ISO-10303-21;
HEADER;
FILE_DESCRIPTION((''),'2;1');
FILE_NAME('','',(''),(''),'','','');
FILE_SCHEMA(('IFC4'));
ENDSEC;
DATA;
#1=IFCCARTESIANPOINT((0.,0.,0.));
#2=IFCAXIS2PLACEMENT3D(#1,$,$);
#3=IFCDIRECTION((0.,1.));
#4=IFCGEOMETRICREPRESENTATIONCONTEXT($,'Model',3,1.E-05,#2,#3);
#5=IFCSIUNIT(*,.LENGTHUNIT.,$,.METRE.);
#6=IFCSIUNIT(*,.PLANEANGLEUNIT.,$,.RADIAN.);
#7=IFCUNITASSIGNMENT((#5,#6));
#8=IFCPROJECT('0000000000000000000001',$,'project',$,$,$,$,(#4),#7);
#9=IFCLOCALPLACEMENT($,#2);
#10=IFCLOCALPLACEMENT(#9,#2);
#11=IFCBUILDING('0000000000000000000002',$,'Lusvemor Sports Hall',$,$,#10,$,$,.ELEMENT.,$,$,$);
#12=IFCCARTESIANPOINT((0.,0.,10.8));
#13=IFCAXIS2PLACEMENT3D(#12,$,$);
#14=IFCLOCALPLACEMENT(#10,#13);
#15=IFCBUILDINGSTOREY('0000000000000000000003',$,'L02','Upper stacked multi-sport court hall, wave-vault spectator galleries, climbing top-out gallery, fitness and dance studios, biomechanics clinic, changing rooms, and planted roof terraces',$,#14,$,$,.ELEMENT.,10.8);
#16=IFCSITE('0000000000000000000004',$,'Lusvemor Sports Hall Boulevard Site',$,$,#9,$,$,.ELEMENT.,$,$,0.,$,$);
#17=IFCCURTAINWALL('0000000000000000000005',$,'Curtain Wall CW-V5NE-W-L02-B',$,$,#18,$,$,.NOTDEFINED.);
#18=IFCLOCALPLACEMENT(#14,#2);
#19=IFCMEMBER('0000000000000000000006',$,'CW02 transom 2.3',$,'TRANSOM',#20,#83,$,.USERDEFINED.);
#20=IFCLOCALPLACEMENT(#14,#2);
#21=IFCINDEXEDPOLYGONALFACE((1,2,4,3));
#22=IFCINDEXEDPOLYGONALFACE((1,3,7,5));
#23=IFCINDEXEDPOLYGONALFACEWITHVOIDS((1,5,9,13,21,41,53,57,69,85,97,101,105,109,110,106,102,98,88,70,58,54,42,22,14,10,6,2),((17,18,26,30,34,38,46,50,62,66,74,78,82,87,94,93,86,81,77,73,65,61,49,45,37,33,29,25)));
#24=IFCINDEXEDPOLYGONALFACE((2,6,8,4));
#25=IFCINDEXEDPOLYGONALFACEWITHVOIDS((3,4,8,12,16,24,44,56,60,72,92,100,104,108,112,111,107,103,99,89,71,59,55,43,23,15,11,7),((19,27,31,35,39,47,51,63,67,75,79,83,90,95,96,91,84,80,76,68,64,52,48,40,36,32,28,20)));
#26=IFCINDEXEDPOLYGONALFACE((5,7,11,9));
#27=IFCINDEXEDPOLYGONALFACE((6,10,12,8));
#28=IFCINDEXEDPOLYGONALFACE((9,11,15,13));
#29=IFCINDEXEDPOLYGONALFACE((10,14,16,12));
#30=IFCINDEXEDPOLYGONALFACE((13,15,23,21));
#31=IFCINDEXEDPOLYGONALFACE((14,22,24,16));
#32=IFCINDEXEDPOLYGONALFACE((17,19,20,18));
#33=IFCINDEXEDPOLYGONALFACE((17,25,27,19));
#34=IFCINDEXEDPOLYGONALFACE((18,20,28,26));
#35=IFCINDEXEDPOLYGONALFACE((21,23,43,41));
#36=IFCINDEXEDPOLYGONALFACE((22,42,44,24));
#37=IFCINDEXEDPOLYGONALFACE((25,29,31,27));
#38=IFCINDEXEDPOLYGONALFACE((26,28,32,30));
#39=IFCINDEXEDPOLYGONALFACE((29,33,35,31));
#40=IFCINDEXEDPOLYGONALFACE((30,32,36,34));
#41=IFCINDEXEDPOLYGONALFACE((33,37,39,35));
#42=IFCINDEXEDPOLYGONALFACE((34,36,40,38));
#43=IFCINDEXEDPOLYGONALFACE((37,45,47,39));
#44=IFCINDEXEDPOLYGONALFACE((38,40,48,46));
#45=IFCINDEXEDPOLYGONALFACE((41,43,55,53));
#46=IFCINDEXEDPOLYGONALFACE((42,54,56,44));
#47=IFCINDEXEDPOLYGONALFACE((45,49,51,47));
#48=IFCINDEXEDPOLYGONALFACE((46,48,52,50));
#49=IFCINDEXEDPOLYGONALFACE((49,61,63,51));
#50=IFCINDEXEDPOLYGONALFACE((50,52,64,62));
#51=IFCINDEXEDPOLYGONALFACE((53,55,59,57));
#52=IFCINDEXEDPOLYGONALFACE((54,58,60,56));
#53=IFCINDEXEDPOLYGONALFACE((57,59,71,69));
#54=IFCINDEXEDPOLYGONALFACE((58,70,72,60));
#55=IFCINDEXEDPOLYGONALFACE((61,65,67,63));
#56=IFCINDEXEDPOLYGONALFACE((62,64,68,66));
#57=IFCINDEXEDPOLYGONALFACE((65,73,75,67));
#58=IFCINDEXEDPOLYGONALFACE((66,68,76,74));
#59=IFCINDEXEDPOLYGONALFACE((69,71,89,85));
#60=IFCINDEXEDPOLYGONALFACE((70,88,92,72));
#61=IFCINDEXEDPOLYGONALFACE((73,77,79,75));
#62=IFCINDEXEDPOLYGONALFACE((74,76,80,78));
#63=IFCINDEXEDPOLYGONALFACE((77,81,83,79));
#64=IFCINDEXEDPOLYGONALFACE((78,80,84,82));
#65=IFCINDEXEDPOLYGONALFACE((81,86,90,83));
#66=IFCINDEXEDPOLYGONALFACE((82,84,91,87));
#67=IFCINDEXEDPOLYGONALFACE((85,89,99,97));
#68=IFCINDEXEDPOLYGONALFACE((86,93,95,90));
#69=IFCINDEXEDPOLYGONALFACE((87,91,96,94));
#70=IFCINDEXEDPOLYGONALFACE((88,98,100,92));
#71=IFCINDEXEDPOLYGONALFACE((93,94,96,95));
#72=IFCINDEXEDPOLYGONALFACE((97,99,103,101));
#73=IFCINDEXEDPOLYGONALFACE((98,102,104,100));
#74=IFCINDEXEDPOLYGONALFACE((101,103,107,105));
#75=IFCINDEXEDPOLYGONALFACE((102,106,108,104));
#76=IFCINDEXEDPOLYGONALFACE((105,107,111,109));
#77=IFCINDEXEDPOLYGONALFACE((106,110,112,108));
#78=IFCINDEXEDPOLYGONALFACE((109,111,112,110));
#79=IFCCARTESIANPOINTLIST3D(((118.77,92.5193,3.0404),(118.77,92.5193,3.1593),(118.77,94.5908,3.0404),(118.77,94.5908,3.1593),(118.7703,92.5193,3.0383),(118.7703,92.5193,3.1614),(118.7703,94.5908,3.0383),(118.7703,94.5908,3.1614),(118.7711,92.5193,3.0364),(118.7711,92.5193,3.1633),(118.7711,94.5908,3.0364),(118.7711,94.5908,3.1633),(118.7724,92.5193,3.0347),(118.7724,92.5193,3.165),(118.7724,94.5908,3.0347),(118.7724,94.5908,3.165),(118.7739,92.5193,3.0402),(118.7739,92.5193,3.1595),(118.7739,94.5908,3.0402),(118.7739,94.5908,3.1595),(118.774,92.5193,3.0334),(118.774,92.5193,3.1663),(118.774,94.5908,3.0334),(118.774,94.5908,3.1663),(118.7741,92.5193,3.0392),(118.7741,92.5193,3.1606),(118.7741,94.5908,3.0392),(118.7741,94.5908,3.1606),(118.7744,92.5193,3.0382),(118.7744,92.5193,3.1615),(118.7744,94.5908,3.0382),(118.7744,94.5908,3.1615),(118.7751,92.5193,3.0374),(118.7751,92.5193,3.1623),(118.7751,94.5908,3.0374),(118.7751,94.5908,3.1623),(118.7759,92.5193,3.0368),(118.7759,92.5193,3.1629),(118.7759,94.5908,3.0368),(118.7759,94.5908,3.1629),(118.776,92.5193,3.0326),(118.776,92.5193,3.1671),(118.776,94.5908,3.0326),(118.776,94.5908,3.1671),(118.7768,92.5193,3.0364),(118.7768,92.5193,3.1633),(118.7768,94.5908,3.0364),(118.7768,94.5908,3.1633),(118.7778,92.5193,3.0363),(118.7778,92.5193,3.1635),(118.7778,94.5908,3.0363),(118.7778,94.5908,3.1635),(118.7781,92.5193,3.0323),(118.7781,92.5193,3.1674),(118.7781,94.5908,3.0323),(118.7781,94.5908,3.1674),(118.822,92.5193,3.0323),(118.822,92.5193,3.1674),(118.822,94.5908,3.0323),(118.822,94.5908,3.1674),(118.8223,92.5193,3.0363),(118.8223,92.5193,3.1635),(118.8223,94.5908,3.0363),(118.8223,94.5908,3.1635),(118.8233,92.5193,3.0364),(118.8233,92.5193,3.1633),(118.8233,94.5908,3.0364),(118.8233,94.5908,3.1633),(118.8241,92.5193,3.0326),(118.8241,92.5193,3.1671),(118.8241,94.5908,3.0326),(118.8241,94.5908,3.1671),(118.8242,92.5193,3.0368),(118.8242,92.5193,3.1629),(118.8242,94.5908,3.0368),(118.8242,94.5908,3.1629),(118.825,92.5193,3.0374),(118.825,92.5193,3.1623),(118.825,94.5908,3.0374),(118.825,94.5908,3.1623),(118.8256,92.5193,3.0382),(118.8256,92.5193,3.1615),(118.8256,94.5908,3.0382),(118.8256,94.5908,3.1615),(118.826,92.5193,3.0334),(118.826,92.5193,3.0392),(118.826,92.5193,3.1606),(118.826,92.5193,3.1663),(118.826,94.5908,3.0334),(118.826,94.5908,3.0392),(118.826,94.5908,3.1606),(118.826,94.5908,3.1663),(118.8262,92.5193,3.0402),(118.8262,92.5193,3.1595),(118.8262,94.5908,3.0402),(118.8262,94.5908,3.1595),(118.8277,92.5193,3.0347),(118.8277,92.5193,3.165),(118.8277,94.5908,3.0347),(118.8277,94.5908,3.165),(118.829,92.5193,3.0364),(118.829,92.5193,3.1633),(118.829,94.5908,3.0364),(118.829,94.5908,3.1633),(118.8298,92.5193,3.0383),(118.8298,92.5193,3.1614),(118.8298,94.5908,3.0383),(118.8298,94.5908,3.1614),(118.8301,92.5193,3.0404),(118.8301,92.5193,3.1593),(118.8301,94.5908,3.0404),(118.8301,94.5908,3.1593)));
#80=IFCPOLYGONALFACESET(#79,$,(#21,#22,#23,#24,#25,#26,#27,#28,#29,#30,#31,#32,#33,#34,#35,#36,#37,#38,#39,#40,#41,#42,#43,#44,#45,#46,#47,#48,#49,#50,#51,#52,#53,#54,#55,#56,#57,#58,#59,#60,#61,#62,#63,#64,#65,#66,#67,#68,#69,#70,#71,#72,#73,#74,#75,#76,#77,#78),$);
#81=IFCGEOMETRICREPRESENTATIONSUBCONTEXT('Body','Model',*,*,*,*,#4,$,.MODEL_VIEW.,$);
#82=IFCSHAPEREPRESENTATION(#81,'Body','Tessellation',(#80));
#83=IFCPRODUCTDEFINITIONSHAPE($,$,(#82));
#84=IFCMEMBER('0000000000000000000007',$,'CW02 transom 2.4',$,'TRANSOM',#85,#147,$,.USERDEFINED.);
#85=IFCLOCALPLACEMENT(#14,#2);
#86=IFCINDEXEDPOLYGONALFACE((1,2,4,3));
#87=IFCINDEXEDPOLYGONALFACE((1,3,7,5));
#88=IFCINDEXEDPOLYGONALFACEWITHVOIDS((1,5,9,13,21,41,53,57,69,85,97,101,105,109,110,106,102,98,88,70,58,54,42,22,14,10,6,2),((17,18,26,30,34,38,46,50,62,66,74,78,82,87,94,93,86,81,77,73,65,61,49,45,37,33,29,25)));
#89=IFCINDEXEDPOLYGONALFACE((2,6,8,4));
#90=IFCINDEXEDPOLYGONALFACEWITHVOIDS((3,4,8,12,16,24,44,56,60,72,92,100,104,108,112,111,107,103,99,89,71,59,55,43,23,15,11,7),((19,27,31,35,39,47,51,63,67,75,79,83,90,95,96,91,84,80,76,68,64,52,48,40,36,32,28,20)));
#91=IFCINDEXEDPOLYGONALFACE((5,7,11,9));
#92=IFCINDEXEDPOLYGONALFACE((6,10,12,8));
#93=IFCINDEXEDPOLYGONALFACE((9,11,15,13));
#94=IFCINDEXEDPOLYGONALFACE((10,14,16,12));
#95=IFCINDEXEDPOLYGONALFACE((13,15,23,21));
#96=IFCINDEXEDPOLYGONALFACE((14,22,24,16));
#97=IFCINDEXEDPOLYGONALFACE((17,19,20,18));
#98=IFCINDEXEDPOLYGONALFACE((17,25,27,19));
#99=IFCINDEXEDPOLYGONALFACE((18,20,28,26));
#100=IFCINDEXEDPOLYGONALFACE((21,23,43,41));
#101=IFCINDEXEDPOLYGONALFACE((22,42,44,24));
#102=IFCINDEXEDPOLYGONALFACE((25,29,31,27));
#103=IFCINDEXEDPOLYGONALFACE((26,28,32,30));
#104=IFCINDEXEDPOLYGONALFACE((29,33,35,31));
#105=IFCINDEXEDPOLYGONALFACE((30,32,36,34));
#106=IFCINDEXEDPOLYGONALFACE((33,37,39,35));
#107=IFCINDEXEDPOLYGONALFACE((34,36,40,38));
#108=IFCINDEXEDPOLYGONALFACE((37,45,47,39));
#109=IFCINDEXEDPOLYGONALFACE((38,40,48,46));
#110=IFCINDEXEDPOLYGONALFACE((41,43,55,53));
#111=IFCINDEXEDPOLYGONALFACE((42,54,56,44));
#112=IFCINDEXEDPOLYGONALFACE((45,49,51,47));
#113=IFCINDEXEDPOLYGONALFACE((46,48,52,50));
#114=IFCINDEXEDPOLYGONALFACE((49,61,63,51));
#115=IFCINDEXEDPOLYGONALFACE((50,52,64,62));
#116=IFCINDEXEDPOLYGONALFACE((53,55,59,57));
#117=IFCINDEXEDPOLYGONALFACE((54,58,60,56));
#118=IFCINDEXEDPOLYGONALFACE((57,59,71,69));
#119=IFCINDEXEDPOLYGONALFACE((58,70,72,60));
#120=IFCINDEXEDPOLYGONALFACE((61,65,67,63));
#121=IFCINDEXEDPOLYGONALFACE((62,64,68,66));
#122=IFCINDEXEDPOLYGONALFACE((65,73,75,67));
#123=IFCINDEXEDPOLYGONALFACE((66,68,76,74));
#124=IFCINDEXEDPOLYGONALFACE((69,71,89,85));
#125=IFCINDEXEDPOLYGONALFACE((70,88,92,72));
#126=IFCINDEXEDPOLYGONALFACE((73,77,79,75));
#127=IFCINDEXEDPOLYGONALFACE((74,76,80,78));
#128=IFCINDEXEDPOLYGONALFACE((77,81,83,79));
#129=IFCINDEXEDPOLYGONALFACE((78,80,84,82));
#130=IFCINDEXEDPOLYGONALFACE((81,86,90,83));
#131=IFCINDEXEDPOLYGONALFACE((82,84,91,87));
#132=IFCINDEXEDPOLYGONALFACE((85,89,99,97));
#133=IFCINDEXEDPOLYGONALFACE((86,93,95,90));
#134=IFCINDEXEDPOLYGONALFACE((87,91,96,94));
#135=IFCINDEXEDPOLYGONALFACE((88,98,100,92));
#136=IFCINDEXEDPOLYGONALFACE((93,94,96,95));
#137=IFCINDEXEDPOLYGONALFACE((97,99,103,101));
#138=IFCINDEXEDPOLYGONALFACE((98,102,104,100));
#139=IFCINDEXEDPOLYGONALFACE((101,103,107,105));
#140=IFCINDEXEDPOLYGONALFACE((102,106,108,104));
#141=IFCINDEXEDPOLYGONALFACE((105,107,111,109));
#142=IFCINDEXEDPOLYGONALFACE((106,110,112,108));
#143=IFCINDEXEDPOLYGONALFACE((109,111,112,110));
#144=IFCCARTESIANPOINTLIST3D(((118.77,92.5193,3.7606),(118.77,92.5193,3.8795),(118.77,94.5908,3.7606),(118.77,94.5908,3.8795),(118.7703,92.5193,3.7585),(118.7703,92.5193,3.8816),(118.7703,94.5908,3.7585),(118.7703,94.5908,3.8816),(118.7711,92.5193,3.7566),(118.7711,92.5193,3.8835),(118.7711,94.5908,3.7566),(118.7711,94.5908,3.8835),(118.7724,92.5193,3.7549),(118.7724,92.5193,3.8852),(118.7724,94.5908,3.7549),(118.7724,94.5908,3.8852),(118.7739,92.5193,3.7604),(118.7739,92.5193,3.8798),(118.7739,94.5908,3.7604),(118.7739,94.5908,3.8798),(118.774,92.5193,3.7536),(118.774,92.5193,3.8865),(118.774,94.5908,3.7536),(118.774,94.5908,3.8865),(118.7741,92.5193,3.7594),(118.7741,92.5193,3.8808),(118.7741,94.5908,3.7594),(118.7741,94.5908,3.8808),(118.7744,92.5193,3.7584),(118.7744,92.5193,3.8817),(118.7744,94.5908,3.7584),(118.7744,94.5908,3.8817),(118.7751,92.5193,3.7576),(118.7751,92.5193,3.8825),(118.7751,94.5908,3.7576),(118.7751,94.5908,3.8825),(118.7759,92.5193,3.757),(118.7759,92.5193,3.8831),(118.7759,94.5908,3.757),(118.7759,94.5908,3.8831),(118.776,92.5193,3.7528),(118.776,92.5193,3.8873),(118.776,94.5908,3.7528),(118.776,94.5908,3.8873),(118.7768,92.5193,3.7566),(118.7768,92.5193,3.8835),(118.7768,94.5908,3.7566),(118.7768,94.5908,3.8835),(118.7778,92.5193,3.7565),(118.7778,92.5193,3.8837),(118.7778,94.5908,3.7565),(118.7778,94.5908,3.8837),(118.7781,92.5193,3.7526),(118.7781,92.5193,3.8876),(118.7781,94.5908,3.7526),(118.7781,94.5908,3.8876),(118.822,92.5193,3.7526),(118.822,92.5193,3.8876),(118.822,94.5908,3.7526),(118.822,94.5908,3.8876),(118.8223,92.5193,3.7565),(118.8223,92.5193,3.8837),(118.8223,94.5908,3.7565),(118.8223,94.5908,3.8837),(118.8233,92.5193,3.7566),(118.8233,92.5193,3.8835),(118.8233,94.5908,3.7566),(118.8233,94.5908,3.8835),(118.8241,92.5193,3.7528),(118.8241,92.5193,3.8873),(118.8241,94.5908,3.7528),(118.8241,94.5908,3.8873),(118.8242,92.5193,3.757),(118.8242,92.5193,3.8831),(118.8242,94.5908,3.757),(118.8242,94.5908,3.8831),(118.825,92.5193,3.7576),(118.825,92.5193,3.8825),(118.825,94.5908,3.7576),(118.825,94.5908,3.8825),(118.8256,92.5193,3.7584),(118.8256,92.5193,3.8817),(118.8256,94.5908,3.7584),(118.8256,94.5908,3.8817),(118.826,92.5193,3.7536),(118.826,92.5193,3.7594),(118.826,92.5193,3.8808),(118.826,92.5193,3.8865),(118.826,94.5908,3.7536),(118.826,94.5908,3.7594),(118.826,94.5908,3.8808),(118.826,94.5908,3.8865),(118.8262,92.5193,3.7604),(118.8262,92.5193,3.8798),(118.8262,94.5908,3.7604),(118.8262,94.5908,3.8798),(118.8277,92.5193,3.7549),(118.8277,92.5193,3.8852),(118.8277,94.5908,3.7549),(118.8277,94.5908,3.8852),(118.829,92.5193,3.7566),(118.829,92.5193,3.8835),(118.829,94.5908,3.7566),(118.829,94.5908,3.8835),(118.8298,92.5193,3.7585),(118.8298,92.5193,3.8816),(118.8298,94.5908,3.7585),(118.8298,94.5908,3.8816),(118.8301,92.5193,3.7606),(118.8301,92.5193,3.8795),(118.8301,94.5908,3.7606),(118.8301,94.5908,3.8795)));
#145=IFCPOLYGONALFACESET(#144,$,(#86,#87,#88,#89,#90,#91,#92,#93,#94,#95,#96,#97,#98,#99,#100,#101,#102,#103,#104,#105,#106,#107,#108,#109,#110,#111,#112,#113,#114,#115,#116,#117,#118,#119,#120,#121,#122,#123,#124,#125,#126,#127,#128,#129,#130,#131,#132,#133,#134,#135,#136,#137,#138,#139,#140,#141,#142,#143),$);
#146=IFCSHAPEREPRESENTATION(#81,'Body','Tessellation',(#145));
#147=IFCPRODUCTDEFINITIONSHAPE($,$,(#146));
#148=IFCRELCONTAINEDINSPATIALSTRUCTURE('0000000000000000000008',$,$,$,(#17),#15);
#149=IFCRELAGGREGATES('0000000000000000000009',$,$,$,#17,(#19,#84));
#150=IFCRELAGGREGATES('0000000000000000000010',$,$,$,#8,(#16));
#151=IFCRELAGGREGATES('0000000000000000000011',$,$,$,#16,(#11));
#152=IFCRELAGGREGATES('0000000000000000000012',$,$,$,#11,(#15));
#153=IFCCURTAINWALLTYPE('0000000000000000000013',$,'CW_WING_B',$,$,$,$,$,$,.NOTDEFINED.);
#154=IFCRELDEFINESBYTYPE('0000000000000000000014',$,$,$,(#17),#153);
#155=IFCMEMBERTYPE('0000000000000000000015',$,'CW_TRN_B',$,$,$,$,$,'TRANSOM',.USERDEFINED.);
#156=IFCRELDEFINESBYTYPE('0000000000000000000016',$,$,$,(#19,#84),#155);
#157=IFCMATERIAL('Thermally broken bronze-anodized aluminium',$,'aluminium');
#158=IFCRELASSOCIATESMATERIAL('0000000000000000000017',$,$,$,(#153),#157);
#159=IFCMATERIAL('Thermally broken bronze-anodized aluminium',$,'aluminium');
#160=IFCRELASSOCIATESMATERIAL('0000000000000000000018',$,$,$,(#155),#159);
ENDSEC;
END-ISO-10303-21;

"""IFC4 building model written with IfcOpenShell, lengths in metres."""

from ifc_helpers import new_model, si_unit, direction, frame, origin, origin_2d, place, context, subcontext, project, spatial, hollow_rectangle, extrude, material, material_profile, profile_set, type_object, element, aggregate, save


model = new_model("IFC4")

# Units and contexts
model_context = context("Model", 3, precision=1e-05, world=origin(), true_north=direction((0.0, 1.0)))
body_context = subcontext(model_context, "Body", "Model", "MODEL_VIEW")
ifc_project = project(units=[si_unit("LENGTHUNIT", "METRE"), si_unit("PLANEANGLEUNIT", "RADIAN")], contexts=[model_context])

# Site, building, storey
site_placement = place(None, origin())
site = spatial("IfcSite", under=ifc_project, at=site_placement, Name="Lusvemor Sports Hall Boulevard Site", CompositionType="ELEMENT", RefElevation=0.0)
building_placement = place(site_placement, origin())
building = spatial("IfcBuilding", under=site, at=building_placement, Name="Lusvemor Sports Hall", CompositionType="ELEMENT")
storey_placement = place(building_placement, frame((0.0, 0.0, 10.8)))
storey = spatial("IfcBuildingStorey", under=building, at=storey_placement, Name="L02", Description="Upper stacked multi-sport court hall, wave-vault spectator galleries, climbing top-out gallery, fitness and dance studios, biomechanics clinic, changing rooms, and planted roof terraces", CompositionType="ELEMENT", Elevation=10.8)

# Curtain wall, members
ifc_material_1 = material(Name="Thermally broken bronze-anodized aluminium", Category="aluminium")
curtain_wall_type = type_object("IfcCurtainWallType", Name="CW_WING_B", PredefinedType="NOTDEFINED", material=ifc_material_1)
curtain_wall_placement = place(storey_placement, origin())
curtain_wall = element("IfcCurtainWall", 1, at=curtain_wall_placement, inside=storey, type_object=curtain_wall_type, Name="Curtain Wall CW-V5NE-W-L02-B", PredefinedType="NOTDEFINED")
ifc_material_2 = material(Name="Thermally broken bronze-anodized aluminium", Category="aluminium")
ifc_material_profile_1 = material_profile(ifc_material_2, hollow_rectangle(XDim=0.0601, YDim=0.135, WallThickness=0.0039, InnerFilletRadius=0.0039, OuterFilletRadius=0.0081, at=origin_2d()), Name="CWTRN135x60x4")
ifc_profile_set_1 = profile_set([ifc_material_profile_1], Name="Thermally broken bronze-anodized aluminium")
member_type_1 = type_object("IfcMemberType", Name="CW_TRN_B", ElementType="TRANSOM", PredefinedType="USERDEFINED", material=ifc_profile_set_1)
member_1_placement = place(storey_placement, frame((118.8, 92.5193, 3.0999), z_axis=(0.0, 1.0, 0.0), x_axis=(-1.0, 0.0, 0.0)))
member_1 = element("IfcMember", 2, at=member_1_placement, type_object=member_type_1, Name="CW02 transom 2.3", ObjectType="TRANSOM", PredefinedType="USERDEFINED", context=body_context, shape_type="SweptSolid", body=[
    extrude(hollow_rectangle(XDim=0.0601, YDim=0.135, WallThickness=0.0039, InnerFilletRadius=0.0039, OuterFilletRadius=0.0081, at=origin_2d()), origin(), (0.0, 0.0, 1.0), 2.0715),
])
member_2_placement = place(storey_placement, frame((118.8, 92.5193, 3.8201), z_axis=(0.0, 1.0, 0.0), x_axis=(-1.0, 0.0, 0.0)))
member_2 = element("IfcMember", 3, at=member_2_placement, type_object=member_type_1, Name="CW02 transom 2.4", ObjectType="TRANSOM", PredefinedType="USERDEFINED", context=body_context, shape_type="SweptSolid", body=[
    extrude(hollow_rectangle(XDim=0.0601, YDim=0.135, WallThickness=0.0039, InnerFilletRadius=0.0039, OuterFilletRadius=0.0081, at=origin_2d()), origin(), (0.0, 0.0, 1.0), 2.0715),
])
aggregate(curtain_wall, [member_1, member_2])

save(model, "model.ifc")
